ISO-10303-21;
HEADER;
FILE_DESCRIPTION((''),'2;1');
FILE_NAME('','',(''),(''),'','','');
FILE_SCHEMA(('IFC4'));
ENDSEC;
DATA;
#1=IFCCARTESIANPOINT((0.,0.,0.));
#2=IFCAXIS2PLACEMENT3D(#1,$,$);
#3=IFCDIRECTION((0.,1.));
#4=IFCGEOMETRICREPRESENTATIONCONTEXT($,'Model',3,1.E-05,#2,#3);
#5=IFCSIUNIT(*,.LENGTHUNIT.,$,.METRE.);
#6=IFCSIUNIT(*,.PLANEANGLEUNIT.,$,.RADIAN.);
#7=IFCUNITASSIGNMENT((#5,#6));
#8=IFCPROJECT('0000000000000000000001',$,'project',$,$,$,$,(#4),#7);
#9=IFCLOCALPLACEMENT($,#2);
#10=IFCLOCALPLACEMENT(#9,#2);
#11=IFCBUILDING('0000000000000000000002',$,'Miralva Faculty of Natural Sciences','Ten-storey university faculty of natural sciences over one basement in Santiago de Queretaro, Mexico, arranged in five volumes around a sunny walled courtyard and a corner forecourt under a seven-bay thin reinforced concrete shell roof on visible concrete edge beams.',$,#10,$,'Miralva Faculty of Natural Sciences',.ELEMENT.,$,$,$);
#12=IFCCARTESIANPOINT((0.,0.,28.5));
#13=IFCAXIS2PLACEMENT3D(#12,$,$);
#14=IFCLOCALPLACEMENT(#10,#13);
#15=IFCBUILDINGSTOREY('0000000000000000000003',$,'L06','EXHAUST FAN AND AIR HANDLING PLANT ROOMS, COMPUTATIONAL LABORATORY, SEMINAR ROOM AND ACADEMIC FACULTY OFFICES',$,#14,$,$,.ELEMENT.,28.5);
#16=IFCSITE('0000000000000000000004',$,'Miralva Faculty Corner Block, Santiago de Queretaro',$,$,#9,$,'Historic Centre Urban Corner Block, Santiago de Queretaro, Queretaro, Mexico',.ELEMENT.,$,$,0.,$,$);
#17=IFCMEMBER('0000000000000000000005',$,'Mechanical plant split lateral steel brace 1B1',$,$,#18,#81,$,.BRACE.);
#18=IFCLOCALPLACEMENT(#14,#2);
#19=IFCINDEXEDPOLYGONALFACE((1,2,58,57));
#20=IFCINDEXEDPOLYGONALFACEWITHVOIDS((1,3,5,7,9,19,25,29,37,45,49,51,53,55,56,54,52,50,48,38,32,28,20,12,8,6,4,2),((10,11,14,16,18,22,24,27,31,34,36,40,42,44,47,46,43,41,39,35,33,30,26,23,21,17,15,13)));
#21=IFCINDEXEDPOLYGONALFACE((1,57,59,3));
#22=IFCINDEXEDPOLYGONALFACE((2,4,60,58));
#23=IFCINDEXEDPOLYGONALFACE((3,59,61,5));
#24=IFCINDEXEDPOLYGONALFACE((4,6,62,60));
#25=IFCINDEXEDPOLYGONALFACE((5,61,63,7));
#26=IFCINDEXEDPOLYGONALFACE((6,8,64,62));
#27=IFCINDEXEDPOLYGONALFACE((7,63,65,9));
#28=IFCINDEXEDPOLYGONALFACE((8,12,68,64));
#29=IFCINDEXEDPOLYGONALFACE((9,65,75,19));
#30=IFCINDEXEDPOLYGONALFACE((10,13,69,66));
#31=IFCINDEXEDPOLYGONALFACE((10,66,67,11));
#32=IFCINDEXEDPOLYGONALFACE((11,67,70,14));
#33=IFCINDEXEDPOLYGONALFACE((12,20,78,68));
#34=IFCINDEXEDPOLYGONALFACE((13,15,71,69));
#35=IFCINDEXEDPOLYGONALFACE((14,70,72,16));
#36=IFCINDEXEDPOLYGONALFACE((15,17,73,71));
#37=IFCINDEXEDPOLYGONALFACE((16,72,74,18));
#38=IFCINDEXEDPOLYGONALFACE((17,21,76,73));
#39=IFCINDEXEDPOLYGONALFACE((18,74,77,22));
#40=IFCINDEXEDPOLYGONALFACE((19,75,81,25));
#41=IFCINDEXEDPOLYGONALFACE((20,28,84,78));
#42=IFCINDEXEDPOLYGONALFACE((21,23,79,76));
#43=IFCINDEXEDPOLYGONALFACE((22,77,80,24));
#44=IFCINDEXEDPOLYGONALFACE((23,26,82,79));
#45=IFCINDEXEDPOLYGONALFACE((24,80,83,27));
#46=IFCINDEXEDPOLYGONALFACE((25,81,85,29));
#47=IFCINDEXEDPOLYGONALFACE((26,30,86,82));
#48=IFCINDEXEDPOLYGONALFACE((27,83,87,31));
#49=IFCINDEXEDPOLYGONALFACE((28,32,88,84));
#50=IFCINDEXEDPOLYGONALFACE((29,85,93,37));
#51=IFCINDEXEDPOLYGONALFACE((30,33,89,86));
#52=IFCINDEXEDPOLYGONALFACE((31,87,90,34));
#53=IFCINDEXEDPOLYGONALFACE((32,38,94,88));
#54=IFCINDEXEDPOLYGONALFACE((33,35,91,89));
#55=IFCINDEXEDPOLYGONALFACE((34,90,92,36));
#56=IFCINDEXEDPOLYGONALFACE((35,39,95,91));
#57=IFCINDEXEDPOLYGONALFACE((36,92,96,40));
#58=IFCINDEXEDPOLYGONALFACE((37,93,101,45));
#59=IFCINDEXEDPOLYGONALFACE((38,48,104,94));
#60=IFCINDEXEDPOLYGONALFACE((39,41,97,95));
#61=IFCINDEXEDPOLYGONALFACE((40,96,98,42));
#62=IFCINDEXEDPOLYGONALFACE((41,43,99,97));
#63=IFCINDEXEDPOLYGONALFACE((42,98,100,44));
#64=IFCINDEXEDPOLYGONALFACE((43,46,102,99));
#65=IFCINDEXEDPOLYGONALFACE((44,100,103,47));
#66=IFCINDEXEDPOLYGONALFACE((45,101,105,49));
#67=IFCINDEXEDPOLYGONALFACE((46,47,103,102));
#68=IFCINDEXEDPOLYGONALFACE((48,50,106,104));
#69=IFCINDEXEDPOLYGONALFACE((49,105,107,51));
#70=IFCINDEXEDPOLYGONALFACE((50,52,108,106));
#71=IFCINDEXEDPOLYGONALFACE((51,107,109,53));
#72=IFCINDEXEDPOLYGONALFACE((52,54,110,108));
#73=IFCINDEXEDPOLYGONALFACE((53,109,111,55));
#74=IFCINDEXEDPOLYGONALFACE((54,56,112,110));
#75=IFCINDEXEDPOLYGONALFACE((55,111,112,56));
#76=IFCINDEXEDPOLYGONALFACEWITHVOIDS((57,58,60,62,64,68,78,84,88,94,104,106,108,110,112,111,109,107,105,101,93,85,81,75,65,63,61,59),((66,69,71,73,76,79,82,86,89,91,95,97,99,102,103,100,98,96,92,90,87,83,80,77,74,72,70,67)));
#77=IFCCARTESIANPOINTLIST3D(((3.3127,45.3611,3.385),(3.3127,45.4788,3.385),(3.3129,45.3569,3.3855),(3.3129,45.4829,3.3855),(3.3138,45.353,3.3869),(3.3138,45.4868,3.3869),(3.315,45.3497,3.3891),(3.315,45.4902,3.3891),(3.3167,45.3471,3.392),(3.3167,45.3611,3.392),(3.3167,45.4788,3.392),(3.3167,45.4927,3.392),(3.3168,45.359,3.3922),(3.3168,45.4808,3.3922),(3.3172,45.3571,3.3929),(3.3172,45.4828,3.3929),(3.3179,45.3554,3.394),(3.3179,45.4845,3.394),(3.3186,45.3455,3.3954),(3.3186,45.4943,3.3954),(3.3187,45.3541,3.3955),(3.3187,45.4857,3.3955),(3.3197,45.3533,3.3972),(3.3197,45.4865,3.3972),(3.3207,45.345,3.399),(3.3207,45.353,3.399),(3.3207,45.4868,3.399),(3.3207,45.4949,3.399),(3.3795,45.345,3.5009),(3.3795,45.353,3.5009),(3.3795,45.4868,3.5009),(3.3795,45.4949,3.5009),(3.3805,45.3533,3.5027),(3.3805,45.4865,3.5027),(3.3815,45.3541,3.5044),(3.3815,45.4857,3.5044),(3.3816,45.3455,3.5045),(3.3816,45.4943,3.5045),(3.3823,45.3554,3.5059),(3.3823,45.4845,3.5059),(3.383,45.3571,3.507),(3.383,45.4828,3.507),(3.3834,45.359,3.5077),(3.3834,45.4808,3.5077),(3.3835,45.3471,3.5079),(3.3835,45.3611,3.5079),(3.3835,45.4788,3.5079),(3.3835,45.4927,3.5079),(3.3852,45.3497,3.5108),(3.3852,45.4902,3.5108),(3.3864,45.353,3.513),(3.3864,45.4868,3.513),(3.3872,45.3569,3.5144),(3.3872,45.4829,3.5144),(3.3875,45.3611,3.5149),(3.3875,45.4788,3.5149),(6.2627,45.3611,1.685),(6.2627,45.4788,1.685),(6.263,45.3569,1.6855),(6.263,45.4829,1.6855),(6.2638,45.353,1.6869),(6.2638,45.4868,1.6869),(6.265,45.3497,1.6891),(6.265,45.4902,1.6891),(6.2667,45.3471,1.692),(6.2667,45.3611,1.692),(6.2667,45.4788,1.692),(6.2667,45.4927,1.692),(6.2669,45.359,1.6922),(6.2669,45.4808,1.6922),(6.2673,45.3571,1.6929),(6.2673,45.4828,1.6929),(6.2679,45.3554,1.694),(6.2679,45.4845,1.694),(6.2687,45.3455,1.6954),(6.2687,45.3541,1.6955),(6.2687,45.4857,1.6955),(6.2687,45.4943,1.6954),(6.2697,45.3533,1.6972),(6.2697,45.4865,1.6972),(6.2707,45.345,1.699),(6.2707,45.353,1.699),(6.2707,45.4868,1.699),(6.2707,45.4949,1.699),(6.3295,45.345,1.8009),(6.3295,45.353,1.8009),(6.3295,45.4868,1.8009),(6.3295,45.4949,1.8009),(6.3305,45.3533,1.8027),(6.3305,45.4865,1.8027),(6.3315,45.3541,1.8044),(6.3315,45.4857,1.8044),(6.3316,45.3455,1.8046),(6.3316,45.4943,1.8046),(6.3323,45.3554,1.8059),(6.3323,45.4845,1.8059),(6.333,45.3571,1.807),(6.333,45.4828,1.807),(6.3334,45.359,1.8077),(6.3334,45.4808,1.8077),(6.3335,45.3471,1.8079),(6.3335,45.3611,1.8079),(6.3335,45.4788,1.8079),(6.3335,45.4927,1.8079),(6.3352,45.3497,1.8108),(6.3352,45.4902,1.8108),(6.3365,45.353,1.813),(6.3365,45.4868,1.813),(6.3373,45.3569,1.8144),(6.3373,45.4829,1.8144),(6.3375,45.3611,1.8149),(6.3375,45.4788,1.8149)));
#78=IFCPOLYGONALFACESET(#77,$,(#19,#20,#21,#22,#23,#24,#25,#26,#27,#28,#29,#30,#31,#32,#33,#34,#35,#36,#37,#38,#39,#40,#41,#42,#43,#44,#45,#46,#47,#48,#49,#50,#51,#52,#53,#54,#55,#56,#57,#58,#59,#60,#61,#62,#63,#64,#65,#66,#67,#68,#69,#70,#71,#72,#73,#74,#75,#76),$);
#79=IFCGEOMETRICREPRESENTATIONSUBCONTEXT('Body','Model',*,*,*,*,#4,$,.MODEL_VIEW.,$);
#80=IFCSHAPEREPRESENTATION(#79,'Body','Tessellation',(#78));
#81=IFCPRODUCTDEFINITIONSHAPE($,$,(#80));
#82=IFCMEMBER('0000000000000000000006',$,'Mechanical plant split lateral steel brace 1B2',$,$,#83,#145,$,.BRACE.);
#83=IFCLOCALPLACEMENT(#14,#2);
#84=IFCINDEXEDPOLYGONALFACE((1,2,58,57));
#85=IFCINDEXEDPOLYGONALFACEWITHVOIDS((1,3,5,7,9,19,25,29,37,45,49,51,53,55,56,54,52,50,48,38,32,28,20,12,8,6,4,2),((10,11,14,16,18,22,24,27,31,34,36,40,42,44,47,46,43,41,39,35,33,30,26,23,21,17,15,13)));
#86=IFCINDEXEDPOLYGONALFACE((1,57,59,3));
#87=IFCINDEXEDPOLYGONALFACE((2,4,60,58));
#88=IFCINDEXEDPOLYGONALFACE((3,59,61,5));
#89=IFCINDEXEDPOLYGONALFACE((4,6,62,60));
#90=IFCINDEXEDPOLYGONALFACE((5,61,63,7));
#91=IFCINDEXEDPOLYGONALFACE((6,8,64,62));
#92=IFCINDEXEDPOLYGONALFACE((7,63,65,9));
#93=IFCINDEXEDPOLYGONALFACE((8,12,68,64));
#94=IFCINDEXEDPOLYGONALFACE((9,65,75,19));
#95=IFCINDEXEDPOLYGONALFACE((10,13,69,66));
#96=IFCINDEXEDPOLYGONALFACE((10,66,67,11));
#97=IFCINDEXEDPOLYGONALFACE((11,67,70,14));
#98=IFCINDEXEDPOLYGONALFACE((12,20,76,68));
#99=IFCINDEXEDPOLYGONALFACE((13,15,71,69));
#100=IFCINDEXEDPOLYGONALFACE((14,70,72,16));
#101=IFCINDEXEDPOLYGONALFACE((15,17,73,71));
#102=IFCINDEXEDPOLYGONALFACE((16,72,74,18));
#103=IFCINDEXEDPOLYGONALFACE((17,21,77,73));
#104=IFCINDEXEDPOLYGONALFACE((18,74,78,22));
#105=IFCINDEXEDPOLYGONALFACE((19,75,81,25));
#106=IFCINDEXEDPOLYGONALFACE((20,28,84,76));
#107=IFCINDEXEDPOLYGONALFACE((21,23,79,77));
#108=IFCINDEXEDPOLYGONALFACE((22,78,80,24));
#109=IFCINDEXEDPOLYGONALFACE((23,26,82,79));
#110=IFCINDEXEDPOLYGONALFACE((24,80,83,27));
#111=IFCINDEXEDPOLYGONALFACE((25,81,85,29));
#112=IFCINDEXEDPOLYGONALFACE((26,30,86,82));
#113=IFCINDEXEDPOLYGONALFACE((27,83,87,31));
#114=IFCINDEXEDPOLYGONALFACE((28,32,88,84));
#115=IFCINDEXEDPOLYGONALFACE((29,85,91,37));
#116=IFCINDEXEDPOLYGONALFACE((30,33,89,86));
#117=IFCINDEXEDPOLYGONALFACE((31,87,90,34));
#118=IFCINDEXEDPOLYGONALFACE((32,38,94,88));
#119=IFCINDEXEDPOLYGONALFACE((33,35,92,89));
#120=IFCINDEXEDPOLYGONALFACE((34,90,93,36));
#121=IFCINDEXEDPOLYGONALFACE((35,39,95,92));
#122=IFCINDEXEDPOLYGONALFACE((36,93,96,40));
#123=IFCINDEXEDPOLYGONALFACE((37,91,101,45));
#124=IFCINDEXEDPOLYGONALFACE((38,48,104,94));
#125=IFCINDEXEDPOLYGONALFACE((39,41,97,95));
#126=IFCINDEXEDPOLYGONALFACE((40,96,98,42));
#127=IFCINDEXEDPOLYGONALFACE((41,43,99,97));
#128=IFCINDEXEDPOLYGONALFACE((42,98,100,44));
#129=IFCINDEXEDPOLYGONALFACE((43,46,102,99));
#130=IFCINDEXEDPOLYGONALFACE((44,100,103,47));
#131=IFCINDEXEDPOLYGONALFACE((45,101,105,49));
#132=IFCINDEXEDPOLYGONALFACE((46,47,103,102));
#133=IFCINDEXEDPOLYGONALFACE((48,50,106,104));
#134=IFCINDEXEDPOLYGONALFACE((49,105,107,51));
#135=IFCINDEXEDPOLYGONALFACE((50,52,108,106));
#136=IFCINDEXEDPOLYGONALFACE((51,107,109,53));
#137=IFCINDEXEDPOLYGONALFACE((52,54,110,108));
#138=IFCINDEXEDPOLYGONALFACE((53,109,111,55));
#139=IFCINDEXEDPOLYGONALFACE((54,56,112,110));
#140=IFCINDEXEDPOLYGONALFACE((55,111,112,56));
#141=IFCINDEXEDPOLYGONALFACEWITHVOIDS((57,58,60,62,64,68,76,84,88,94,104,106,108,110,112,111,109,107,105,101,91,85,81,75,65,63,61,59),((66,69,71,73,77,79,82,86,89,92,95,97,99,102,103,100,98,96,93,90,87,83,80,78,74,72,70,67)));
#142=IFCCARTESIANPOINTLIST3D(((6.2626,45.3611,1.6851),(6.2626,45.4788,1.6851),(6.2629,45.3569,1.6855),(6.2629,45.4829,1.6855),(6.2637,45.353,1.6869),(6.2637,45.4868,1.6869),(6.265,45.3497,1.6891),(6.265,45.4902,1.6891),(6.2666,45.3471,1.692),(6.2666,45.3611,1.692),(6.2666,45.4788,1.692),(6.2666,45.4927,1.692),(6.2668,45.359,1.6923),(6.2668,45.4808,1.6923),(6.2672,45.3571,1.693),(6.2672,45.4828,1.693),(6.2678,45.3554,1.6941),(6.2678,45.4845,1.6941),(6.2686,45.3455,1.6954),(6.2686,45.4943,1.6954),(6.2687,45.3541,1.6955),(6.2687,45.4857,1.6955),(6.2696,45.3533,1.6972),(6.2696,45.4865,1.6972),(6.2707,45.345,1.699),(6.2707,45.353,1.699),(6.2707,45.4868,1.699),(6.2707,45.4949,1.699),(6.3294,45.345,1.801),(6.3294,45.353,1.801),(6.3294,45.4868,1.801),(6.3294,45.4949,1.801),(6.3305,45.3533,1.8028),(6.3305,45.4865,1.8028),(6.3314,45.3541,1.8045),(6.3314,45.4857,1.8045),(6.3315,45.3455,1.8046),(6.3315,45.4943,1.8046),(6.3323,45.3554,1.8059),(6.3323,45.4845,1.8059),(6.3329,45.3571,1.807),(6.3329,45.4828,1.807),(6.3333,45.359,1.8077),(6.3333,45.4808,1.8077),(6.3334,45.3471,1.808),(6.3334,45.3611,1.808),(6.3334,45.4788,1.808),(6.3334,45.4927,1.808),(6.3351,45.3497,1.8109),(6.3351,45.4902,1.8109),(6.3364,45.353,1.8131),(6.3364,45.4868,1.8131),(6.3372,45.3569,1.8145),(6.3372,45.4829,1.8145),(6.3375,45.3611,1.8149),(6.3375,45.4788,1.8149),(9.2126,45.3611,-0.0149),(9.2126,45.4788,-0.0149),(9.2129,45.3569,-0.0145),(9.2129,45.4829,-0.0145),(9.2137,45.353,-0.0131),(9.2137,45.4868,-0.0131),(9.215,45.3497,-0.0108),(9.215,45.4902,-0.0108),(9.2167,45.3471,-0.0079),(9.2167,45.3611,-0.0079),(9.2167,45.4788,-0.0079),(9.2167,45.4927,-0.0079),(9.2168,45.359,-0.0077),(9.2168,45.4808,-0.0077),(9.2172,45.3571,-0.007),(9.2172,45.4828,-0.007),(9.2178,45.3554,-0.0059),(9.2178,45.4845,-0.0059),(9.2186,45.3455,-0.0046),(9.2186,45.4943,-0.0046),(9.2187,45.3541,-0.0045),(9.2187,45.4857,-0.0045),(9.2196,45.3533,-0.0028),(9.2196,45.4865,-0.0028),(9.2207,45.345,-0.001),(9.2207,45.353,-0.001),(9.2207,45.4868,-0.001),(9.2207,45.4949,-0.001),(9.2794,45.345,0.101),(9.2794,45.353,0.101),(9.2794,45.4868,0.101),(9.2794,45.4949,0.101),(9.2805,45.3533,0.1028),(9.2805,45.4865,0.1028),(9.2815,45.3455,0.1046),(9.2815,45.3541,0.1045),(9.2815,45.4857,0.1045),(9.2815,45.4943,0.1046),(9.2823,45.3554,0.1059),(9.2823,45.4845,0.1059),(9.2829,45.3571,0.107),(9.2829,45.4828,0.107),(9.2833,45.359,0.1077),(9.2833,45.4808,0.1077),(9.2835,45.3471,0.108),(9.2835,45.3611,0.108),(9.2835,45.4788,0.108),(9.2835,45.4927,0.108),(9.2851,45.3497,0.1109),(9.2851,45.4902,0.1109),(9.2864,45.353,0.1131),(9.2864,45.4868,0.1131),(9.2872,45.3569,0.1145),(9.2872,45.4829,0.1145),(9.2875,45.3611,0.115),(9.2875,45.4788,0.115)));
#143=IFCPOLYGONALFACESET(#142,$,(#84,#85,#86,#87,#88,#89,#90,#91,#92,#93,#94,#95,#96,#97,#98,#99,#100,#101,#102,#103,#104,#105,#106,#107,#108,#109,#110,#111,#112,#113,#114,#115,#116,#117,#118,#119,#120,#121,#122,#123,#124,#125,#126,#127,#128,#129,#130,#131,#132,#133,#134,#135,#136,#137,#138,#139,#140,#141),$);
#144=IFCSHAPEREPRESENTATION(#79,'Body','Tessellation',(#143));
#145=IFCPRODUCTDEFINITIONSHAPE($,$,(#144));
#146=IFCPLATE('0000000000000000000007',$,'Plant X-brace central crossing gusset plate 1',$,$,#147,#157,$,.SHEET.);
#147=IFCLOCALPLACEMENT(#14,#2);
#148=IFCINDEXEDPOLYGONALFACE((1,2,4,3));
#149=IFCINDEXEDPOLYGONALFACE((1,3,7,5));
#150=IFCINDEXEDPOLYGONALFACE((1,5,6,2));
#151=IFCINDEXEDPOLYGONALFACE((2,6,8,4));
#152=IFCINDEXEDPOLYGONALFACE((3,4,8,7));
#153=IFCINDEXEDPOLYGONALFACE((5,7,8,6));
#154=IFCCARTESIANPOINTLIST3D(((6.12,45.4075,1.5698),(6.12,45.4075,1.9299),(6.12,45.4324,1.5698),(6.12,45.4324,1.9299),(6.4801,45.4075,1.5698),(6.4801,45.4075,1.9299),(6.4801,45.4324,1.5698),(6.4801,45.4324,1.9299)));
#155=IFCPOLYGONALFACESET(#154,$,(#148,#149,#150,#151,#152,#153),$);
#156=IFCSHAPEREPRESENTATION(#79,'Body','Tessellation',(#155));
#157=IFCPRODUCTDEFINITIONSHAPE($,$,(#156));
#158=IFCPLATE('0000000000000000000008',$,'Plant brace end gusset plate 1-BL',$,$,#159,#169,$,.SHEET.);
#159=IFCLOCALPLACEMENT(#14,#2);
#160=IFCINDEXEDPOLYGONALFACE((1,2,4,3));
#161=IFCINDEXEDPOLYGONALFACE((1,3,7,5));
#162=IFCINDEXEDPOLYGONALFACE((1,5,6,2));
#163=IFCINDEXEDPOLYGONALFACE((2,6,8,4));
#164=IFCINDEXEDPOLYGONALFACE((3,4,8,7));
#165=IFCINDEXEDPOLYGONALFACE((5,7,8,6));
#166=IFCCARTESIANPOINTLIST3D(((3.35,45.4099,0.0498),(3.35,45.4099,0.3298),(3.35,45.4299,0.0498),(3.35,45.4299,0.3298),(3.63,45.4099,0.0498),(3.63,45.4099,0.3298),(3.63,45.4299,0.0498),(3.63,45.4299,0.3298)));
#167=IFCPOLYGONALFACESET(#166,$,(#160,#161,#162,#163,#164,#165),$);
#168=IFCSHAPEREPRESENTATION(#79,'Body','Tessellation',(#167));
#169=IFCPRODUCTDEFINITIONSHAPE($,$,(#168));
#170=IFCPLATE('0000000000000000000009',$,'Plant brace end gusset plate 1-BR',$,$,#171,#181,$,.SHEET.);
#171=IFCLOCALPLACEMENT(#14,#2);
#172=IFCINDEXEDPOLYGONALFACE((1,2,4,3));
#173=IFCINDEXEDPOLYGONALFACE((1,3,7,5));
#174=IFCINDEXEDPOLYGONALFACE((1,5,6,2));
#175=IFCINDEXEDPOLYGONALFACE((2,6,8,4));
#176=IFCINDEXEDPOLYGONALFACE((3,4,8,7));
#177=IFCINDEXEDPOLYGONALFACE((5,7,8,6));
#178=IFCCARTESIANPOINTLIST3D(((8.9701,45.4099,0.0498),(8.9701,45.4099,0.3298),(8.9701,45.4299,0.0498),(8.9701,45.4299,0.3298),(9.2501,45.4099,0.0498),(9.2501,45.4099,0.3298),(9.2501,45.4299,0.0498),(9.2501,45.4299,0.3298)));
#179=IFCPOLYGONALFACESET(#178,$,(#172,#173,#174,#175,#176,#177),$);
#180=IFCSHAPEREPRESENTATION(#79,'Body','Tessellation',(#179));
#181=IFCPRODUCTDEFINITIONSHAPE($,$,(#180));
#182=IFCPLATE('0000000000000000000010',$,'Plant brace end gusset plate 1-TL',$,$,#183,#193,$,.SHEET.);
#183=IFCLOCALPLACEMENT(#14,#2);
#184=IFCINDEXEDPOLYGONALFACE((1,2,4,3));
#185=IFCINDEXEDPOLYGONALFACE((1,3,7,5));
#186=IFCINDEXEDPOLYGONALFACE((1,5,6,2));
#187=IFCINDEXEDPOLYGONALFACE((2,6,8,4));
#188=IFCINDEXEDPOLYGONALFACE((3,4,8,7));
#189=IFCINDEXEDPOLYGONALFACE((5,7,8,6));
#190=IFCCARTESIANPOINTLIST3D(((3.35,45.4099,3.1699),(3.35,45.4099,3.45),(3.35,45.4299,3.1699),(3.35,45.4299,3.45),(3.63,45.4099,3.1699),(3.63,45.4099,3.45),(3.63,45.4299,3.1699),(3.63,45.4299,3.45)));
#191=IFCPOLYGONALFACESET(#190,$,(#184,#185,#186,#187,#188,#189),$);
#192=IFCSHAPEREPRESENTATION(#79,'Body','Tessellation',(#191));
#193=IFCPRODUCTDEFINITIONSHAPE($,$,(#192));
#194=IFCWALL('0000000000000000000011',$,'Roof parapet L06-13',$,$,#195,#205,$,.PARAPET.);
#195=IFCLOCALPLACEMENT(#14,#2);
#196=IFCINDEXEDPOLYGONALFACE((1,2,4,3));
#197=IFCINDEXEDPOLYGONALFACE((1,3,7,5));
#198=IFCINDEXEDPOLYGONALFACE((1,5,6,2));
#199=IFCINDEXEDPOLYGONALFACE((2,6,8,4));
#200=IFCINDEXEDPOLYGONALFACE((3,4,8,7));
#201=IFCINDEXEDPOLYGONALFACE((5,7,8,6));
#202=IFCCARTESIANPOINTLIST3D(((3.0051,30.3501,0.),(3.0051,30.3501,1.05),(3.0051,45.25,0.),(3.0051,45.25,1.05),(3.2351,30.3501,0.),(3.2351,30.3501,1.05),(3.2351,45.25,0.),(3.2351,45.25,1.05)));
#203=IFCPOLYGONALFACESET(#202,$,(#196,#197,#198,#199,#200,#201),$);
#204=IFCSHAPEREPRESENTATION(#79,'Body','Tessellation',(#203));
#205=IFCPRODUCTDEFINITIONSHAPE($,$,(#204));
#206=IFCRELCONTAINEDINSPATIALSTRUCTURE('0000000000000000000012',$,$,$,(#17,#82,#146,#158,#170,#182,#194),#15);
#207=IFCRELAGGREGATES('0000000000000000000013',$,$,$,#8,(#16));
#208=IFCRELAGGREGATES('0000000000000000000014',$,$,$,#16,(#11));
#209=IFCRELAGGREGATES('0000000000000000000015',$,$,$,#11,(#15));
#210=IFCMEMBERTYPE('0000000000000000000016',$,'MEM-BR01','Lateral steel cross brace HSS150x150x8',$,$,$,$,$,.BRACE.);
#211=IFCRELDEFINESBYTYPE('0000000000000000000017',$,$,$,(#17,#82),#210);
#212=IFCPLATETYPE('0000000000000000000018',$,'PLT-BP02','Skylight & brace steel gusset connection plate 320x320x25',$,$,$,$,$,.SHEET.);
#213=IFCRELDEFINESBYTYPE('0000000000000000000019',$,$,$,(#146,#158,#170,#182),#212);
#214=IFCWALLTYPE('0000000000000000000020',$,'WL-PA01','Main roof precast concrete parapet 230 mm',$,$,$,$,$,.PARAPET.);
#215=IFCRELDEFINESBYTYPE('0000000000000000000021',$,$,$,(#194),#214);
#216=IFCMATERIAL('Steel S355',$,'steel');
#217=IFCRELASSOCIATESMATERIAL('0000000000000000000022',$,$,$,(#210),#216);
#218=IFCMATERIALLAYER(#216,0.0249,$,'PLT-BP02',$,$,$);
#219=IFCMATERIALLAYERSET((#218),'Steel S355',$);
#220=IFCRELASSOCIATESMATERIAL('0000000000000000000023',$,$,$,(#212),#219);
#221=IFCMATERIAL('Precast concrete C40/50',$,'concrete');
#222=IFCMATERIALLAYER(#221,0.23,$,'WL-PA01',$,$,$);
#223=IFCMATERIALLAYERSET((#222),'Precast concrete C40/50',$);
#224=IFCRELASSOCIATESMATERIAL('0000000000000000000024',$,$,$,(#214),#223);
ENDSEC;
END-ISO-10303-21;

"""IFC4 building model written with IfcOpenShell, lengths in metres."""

from ifc_helpers import new_model, si_unit, direction, frame, frame_2d, origin, origin_2d, place, context, subcontext, project, spatial, rectangle, hollow_rectangle, extrude, material, layer, layer_set, material_profile, profile_set, type_object, element, save


model = new_model("IFC4")

# Units and contexts
model_context = context("Model", 3, precision=1e-05, world=origin(), true_north=direction((0.0, 1.0)))
body_context = subcontext(model_context, "Body", "Model", "MODEL_VIEW")
ifc_project = project(units=[si_unit("LENGTHUNIT", "METRE"), si_unit("PLANEANGLEUNIT", "RADIAN")], contexts=[model_context])

# Site, building, storey
site_placement = place(None, origin())
site = spatial("IfcSite", under=ifc_project, at=site_placement, Name="Miralva Faculty Corner Block, Santiago de Queretaro", LongName="Historic Centre Urban Corner Block, Santiago de Queretaro, Queretaro, Mexico", CompositionType="ELEMENT", RefElevation=0.0)
building_placement = place(site_placement, origin())
building = spatial("IfcBuilding", under=site, at=building_placement, Name="Miralva Faculty of Natural Sciences", Description="Ten-storey university faculty of natural sciences over one basement in Santiago de Queretaro, Mexico, arranged in five volumes around a sunny walled courtyard and a corner forecourt under a seven-bay thin reinforced concrete shell roof on visible concrete edge beams.", LongName="Miralva Faculty of Natural Sciences", CompositionType="ELEMENT")
storey_placement = place(building_placement, frame((0.0, 0.0, 28.5)))
storey = spatial("IfcBuildingStorey", under=building, at=storey_placement, Name="L06", Description="EXHAUST FAN AND AIR HANDLING PLANT ROOMS, COMPUTATIONAL LABORATORY, SEMINAR ROOM AND ACADEMIC FACULTY OFFICES", CompositionType="ELEMENT", Elevation=28.5)

# Members
ifc_material_1 = material(Name="Steel S355", Category="steel")
ifc_material_profile_1 = material_profile(ifc_material_1, hollow_rectangle(XDim=0.1499, YDim=0.1499, WallThickness=0.0081, InnerFilletRadius=0.0081, OuterFilletRadius=0.0161, at=origin_2d()), Name="HSS 150x150x8")
ifc_profile_set_1 = profile_set([ifc_material_profile_1], Name="Steel S355")
member_type = type_object("IfcMemberType", Name="MEM-BR01", Description="Lateral steel cross brace HSS150x150x8", PredefinedType="BRACE", material=ifc_profile_set_1)
for number, where, z_axis, x_axis, name in (
    (1, (3.3501, 45.4199, 3.45), (0.866433, 0.0, -0.499294), (0.0, 1.0, 0.0), "Mechanical plant split lateral steel brace 1B1"),
    (2, (6.3, 45.4199, 1.75), (0.866433, 0.0, -0.499294), (0.0, 1.0, 0.0), "Mechanical plant split lateral steel brace 1B2"),
):
    element("IfcMember", number, at=place(storey_placement, frame(where, z_axis=z_axis, x_axis=x_axis)), inside=storey, type_object=member_type, Name=name, PredefinedType="BRACE", context=body_context, shape_type="SweptSolid", body=[
        extrude(hollow_rectangle(XDim=0.1499, YDim=0.1499, WallThickness=0.0081, InnerFilletRadius=0.0081, OuterFilletRadius=0.0161, at=origin_2d()), origin(), (0.0, 0.0, 1.0), 3.4048),
    ])

# Plates
ifc_layer_1 = layer(ifc_material_1, 0.0249, Name="PLT-BP02")
ifc_layer_set_1 = layer_set([ifc_layer_1], Name="Steel S355")
plate_type = type_object("IfcPlateType", Name="PLT-BP02", Description="Skylight & brace steel gusset connection plate 320x320x25", PredefinedType="SHEET", material=ifc_layer_set_1)
plate_placement = place(storey_placement, frame((6.3, 45.4199, 1.5698), z_axis=(0.0, 0.0, 1.0), x_axis=(1.0, 0.0, 0.0)))
element("IfcPlate", 3, at=plate_placement, inside=storey, type_object=plate_type, Name="Plant X-brace central crossing gusset plate 1", PredefinedType="SHEET", context=body_context, shape_type="SweptSolid", body=[
    extrude(rectangle(XDim=0.3601, YDim=0.0249, at=origin_2d()), origin(), (0.0, 0.0, 1.0), 0.3601),
])
for number, where, z_axis, x_axis, name in (
    (4, (3.49, 45.4199, 0.0498), (0.0, 0.0, 1.0), (1.0, 0.0, 0.0), "Plant brace end gusset plate 1-BL"),
    (5, (9.1101, 45.4199, 0.0498), (0.0, 0.0, 1.0), (1.0, 0.0, 0.0), "Plant brace end gusset plate 1-BR"),
    (6, (3.49, 45.4199, 3.1699), (0.0, 0.0, 1.0), (1.0, 0.0, 0.0), "Plant brace end gusset plate 1-TL"),
):
    element("IfcPlate", number, at=place(storey_placement, frame(where, z_axis=z_axis, x_axis=x_axis)), inside=storey, type_object=plate_type, Name=name, PredefinedType="SHEET", context=body_context, shape_type="SweptSolid", body=[
        extrude(rectangle(XDim=0.28, YDim=0.02, at=origin_2d()), origin(), (0.0, 0.0, 1.0), 0.28),
    ])

# Wall
ifc_material_2 = material(Name="Precast concrete C40/50", Category="concrete")
ifc_layer_2 = layer(ifc_material_2, 0.23, Name="WL-PA01")
ifc_layer_set_2 = layer_set([ifc_layer_2], Name="Precast concrete C40/50")
wall_type_1 = type_object("IfcWallType", Name="WL-PA01", Description="Main roof precast concrete parapet 230 mm", PredefinedType="PARAPET", material=ifc_layer_set_2)
wall_1_placement = place(storey_placement, frame((3.1201, 30.3501, 0.0), z_axis=(0.0, 0.0, 1.0), x_axis=(0.0, 1.0, 0.0)))
element("IfcWall", 7, at=wall_1_placement, inside=storey, type_object=wall_type_1, Name="Roof parapet L06-13", PredefinedType="PARAPET", context=body_context, shape_type="SweptSolid", body=[
    extrude(rectangle(XDim=14.8999, YDim=0.23, at=frame_2d((7.45, 0.0))), origin(), (0.0, 0.0, 1.0), 1.05),
])

save(model, "model.ifc")
